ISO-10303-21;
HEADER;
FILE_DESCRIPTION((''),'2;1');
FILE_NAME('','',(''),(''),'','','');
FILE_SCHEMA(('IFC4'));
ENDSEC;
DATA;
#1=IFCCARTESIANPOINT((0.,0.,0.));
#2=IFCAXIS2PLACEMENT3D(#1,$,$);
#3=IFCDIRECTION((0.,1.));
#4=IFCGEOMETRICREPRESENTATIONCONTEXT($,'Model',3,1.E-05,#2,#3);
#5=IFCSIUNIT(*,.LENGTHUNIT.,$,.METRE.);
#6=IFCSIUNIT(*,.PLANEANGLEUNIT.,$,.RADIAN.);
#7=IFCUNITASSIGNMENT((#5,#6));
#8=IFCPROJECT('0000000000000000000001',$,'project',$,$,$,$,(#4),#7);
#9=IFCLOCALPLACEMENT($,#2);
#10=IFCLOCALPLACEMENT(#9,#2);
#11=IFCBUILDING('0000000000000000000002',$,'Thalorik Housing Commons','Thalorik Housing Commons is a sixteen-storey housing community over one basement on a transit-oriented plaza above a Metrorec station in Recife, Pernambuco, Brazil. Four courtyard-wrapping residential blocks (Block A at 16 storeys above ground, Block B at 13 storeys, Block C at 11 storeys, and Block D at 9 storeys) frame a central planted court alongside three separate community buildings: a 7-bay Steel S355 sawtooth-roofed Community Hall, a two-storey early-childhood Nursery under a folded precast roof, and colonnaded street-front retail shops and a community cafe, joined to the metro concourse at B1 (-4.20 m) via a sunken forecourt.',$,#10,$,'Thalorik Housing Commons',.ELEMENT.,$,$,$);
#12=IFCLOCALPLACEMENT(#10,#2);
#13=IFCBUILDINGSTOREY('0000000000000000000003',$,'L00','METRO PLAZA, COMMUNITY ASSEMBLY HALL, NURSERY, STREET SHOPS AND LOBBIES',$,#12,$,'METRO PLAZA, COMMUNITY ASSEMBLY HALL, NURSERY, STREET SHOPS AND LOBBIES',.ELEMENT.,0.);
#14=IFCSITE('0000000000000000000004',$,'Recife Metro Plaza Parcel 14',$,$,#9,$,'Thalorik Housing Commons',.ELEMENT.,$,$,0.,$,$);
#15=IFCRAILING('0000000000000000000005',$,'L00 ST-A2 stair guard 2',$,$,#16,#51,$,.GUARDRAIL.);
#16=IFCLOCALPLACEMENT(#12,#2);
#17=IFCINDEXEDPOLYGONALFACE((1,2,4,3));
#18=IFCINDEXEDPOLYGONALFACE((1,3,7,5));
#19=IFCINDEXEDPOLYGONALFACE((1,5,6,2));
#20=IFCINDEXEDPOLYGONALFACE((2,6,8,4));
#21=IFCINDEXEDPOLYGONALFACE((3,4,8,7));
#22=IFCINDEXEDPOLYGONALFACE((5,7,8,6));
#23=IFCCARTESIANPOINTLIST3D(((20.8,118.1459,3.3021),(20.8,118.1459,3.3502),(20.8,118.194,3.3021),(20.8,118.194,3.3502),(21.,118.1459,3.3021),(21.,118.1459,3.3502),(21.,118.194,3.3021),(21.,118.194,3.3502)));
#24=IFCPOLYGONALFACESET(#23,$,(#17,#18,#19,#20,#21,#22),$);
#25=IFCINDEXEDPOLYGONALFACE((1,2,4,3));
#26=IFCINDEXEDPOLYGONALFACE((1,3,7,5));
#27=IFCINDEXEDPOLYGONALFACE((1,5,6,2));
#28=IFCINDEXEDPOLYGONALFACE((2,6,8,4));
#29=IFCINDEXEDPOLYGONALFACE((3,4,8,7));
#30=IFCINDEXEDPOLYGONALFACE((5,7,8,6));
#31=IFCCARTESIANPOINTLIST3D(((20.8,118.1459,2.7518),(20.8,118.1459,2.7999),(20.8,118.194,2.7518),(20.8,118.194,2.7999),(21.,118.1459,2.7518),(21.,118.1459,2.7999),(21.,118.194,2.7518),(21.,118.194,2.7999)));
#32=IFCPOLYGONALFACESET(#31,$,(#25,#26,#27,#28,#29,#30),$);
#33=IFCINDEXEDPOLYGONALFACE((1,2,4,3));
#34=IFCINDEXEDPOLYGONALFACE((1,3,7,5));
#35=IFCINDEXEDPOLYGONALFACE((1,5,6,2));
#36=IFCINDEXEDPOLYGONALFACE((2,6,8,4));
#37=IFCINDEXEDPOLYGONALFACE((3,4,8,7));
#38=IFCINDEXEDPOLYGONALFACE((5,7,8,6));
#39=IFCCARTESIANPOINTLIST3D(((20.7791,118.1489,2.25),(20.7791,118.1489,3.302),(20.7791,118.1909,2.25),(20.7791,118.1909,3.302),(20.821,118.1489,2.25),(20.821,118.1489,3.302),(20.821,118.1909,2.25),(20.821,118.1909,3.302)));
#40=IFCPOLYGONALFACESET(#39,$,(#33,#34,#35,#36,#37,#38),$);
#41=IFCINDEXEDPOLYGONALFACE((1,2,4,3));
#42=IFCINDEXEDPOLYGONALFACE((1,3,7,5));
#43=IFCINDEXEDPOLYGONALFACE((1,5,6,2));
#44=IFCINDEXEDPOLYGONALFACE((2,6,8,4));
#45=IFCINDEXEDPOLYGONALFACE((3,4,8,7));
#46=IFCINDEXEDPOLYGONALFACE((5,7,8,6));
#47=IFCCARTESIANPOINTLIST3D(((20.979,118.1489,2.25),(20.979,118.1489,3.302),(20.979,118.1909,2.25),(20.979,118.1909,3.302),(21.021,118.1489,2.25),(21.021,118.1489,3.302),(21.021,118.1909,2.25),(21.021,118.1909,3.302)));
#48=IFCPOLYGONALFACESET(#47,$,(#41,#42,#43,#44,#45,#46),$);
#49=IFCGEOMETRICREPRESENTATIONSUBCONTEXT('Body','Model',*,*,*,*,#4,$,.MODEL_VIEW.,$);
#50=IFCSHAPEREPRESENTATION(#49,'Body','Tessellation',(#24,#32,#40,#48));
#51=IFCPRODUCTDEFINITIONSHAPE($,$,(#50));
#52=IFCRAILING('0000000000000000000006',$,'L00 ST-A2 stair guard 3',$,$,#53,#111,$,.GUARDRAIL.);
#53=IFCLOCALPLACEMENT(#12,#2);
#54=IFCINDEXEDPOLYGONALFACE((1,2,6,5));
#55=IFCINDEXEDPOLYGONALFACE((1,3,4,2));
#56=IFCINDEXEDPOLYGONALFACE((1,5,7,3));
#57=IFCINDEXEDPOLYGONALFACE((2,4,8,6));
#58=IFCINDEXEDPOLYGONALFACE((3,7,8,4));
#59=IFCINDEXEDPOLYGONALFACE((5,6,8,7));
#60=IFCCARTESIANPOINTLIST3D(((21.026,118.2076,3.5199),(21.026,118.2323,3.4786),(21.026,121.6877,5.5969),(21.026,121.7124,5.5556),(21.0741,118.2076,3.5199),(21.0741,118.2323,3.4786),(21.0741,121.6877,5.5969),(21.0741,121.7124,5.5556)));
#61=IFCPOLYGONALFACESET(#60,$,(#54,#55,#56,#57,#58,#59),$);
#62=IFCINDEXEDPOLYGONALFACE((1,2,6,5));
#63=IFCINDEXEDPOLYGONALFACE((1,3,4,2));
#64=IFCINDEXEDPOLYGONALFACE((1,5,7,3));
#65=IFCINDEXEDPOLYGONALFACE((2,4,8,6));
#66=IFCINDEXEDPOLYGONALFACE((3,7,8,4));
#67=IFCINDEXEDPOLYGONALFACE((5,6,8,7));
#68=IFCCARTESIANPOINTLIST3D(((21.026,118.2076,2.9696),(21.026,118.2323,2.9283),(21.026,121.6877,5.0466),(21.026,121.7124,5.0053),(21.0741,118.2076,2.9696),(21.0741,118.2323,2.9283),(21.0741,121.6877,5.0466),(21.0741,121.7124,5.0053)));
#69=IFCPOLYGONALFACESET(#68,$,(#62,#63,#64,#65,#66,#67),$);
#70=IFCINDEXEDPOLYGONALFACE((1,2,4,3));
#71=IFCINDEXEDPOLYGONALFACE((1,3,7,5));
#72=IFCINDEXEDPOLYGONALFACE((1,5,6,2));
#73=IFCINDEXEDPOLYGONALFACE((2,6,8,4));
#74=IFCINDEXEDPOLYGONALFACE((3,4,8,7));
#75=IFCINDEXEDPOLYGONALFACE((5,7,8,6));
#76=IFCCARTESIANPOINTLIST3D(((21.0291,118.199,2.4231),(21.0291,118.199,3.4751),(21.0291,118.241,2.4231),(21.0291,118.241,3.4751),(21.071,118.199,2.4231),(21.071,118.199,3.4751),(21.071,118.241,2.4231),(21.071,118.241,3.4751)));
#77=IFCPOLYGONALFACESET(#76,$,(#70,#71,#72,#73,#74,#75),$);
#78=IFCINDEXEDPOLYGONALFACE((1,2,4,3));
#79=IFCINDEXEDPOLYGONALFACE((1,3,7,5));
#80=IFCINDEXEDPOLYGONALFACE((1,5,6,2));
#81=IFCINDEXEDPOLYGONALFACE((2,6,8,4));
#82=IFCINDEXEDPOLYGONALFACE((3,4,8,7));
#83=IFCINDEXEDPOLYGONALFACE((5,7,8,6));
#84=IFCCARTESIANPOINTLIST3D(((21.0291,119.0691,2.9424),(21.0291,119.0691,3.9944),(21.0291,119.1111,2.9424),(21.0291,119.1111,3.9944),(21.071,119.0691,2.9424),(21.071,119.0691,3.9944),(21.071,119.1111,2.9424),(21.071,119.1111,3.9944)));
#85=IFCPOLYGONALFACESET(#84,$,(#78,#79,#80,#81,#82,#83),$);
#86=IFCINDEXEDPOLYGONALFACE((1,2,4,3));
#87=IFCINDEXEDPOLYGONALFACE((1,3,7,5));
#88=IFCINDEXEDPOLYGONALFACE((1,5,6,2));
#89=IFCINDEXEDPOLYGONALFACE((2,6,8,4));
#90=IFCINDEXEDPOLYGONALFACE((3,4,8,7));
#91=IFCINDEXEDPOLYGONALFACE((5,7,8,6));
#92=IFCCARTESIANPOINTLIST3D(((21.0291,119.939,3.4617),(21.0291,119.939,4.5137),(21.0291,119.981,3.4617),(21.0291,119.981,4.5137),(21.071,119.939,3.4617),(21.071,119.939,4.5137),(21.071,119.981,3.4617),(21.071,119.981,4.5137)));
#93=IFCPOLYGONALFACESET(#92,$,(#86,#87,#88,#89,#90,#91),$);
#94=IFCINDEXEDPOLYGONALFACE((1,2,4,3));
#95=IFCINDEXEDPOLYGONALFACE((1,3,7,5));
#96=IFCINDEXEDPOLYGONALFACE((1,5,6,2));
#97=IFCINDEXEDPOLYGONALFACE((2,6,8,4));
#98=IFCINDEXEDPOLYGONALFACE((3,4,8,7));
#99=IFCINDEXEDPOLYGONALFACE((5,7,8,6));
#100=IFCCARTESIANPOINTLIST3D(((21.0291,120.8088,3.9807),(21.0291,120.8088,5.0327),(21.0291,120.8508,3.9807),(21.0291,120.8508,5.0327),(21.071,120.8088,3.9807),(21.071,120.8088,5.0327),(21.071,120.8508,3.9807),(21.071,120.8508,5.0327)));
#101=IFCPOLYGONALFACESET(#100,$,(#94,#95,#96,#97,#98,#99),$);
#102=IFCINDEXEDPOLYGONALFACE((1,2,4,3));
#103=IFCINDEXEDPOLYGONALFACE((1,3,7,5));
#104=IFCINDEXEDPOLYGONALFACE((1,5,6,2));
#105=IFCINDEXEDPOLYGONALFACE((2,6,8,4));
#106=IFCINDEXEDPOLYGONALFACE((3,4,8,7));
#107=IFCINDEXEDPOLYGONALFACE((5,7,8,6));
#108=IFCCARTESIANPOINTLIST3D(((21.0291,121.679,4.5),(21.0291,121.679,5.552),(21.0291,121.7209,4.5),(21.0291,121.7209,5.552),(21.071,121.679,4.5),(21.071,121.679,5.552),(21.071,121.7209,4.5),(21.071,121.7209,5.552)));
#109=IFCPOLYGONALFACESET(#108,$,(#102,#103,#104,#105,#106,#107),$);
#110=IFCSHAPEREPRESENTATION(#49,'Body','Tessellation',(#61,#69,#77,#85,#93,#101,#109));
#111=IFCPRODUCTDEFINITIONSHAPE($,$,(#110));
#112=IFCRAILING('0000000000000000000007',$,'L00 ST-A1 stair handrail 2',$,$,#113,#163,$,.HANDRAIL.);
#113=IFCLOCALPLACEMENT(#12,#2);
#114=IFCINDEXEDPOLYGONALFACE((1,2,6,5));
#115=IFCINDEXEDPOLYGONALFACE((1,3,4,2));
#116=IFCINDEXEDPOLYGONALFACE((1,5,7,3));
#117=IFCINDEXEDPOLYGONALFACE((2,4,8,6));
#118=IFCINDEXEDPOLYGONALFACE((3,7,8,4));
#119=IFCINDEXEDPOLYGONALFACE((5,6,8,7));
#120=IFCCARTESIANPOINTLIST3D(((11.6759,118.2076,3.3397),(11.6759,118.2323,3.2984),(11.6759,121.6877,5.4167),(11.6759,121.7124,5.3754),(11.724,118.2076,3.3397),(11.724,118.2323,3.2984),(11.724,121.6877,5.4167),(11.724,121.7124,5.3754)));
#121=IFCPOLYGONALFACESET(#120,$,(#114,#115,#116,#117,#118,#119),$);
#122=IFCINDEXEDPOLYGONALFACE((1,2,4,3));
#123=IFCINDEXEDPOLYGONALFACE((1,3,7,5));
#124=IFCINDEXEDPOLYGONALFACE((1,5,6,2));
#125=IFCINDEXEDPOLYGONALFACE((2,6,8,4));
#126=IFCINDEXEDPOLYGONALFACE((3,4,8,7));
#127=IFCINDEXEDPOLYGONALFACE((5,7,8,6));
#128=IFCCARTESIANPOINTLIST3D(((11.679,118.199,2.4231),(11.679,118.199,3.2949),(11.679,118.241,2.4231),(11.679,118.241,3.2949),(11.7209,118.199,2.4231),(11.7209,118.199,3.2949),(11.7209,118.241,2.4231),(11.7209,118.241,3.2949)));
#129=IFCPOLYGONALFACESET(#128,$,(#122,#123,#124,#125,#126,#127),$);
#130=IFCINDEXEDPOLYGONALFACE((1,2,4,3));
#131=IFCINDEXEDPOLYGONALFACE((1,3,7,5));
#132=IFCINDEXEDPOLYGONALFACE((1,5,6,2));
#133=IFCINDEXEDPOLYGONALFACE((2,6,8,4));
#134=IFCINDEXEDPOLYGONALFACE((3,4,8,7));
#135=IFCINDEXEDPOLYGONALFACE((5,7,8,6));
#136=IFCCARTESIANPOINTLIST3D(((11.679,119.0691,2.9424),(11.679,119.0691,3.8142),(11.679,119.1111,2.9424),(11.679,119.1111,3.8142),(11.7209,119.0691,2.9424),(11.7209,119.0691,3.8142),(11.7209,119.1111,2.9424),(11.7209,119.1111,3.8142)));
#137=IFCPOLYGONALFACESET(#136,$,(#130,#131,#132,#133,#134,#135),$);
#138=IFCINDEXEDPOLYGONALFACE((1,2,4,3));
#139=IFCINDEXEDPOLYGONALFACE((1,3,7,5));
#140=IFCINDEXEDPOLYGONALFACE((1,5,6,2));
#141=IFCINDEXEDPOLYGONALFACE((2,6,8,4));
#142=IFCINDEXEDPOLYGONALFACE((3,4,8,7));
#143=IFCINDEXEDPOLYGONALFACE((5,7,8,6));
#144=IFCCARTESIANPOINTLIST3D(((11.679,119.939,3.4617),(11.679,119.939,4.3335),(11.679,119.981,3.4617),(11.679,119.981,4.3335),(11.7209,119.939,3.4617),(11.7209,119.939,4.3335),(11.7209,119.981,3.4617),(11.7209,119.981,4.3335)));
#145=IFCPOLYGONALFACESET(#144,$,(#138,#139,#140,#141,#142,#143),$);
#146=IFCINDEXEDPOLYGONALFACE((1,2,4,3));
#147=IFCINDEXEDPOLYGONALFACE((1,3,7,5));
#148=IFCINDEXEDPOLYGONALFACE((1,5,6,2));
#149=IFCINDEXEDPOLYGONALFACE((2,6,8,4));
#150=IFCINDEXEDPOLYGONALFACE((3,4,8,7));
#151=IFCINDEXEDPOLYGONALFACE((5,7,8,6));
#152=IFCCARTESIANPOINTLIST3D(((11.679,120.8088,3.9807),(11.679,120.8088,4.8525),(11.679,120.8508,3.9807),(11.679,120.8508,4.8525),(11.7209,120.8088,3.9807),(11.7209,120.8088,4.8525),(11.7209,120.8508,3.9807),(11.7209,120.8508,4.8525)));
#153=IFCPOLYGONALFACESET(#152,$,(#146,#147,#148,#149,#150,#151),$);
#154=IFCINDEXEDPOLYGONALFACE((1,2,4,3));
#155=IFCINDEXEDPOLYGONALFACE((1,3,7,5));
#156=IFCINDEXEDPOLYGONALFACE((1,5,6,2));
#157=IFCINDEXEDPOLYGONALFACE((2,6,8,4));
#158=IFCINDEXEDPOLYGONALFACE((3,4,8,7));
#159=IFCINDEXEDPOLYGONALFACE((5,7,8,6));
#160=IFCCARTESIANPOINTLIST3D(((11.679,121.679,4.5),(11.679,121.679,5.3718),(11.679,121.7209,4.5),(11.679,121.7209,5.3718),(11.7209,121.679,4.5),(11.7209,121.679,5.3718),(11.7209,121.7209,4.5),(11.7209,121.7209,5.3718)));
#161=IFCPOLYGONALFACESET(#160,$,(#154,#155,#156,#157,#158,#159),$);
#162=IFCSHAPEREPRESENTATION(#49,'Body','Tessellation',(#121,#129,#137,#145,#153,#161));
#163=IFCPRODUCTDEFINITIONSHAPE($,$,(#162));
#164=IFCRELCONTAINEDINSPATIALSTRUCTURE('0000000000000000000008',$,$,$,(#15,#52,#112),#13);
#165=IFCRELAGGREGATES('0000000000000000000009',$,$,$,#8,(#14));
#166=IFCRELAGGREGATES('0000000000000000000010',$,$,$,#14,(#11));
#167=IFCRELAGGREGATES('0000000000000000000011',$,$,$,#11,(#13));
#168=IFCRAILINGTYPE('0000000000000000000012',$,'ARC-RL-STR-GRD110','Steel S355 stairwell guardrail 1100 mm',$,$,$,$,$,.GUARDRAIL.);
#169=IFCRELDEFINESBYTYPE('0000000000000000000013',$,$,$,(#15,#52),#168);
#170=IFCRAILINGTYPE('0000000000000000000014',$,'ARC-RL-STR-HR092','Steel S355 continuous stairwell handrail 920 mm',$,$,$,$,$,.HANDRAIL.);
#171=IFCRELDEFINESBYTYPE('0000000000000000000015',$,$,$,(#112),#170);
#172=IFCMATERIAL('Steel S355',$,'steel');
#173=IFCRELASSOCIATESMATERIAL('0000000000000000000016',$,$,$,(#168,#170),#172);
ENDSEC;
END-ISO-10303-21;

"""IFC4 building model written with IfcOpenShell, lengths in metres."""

from ifc_helpers import new_model, si_unit, direction, frame, origin, origin_2d, place, context, subcontext, project, spatial, rectangle, extrude, material, type_object, element, save


model = new_model("IFC4")

# Units and contexts
model_context = context("Model", 3, precision=1e-05, world=origin(), true_north=direction((0.0, 1.0)))
body_context = subcontext(model_context, "Body", "Model", "MODEL_VIEW")
ifc_project = project(units=[si_unit("LENGTHUNIT", "METRE"), si_unit("PLANEANGLEUNIT", "RADIAN")], contexts=[model_context])

# Site, building, storey
site_placement = place(None, origin())
site = spatial("IfcSite", under=ifc_project, at=site_placement, Name="Recife Metro Plaza Parcel 14", LongName="Thalorik Housing Commons", CompositionType="ELEMENT", RefElevation=0.0)
building_placement = place(site_placement, origin())
building = spatial("IfcBuilding", under=site, at=building_placement, Name="Thalorik Housing Commons", Description="Thalorik Housing Commons is a sixteen-storey housing community over one basement on a transit-oriented plaza above a Metrorec station in Recife, Pernambuco, Brazil. Four courtyard-wrapping residential blocks (Block A at 16 storeys above ground, Block B at 13 storeys, Block C at 11 storeys, and Block D at 9 storeys) frame a central planted court alongside three separate community buildings: a 7-bay Steel S355 sawtooth-roofed Community Hall, a two-storey early-childhood Nursery under a folded precast roof, and colonnaded street-front retail shops and a community cafe, joined to the metro concourse at B1 (-4.20 m) via a sunken forecourt.", LongName="Thalorik Housing Commons", CompositionType="ELEMENT")
storey_placement = place(building_placement, origin())
storey = spatial("IfcBuildingStorey", under=building, at=storey_placement, Name="L00", Description="METRO PLAZA, COMMUNITY ASSEMBLY HALL, NURSERY, STREET SHOPS AND LOBBIES", LongName="METRO PLAZA, COMMUNITY ASSEMBLY HALL, NURSERY, STREET SHOPS AND LOBBIES", CompositionType="ELEMENT", Elevation=0.0)

# Railings
ifc_material_1 = material(Name="Steel S355", Category="steel")
railing_type_1 = type_object("IfcRailingType", Name="ARC-RL-STR-GRD110", Description="Steel S355 stairwell guardrail 1100 mm", PredefinedType="GUARDRAIL", material=ifc_material_1)
railing_1_placement = place(storey_placement, frame((20.8, 118.1699, 2.25)))
element("IfcRailing", 1, at=railing_1_placement, inside=storey, type_object=railing_type_1, Name="L00 ST-A2 stair guard 2", PredefinedType="GUARDRAIL", context=body_context, shape_type="SweptSolid", body=[
    extrude(rectangle(XDim=0.0481, YDim=0.0481, at=origin_2d()), frame((0.0, 0.0, 1.0762), z_axis=(1.0, 0.0, 0.0), x_axis=(0.0, 1.0, 0.0)), (0.0, 0.0, 1.0), 0.2),
    extrude(rectangle(XDim=0.0481, YDim=0.0481, at=origin_2d()), frame((0.0, 0.0, 0.5259), z_axis=(1.0, 0.0, 0.0), x_axis=(0.0, 1.0, 0.0)), (0.0, 0.0, 1.0), 0.2),
    extrude(rectangle(XDim=0.042, YDim=0.042, at=origin_2d()), origin(), (0.0, 0.0, 1.0), 1.052),
    extrude(rectangle(XDim=0.042, YDim=0.042, at=origin_2d()), frame((0.2, 0.0, 0.0)), (0.0, 0.0, 1.0), 1.052),
])
railing_2_placement = place(storey_placement, frame((21.05, 118.22, 2.4231)))
element("IfcRailing", 2, at=railing_2_placement, inside=storey, type_object=railing_type_1, Name="L00 ST-A2 stair guard 3", PredefinedType="GUARDRAIL", context=body_context, shape_type="SweptSolid", body=[
    extrude(rectangle(XDim=0.0481, YDim=0.0481, at=origin_2d()), frame((0.0, 0.0, 1.0762), z_axis=(0.0, 0.858697, 0.512483), x_axis=(-1.0, 0.0, 0.0)), (0.0, 0.0, 1.0), 4.0527),
    extrude(rectangle(XDim=0.0481, YDim=0.0481, at=origin_2d()), frame((0.0, 0.0, 0.5259), z_axis=(0.0, 0.858697, 0.512483), x_axis=(-1.0, 0.0, 0.0)), (0.0, 0.0, 1.0), 4.0527),
    extrude(rectangle(XDim=0.042, YDim=0.042, at=origin_2d()), origin(), (0.0, 0.0, 1.0), 1.052),
    extrude(rectangle(XDim=0.042, YDim=0.042, at=origin_2d()), frame((0.0, 0.8701, 0.5193)), (0.0, 0.0, 1.0), 1.052),
    extrude(rectangle(XDim=0.042, YDim=0.042, at=origin_2d()), frame((0.0, 1.74, 1.0386)), (0.0, 0.0, 1.0), 1.052),
    extrude(rectangle(XDim=0.042, YDim=0.042, at=origin_2d()), frame((0.0, 2.6099, 1.5576)), (0.0, 0.0, 1.0), 1.052),
    extrude(rectangle(XDim=0.042, YDim=0.042, at=origin_2d()), frame((0.0, 3.48, 2.0769)), (0.0, 0.0, 1.0), 1.052),
])
railing_type_2 = type_object("IfcRailingType", Name="ARC-RL-STR-HR092", Description="Steel S355 continuous stairwell handrail 920 mm", PredefinedType="HANDRAIL", material=ifc_material_1)
railing_3_placement = place(storey_placement, frame((11.7, 118.22, 2.4231)))
element("IfcRailing", 3, at=railing_3_placement, inside=storey, type_object=railing_type_2, Name="L00 ST-A1 stair handrail 2", PredefinedType="HANDRAIL", context=body_context, shape_type="SweptSolid", body=[
    extrude(rectangle(XDim=0.0481, YDim=0.0481, at=origin_2d()), frame((0.0, 0.0, 0.896), z_axis=(0.0, 0.858697, 0.512483), x_axis=(-1.0, 0.0, 0.0)), (0.0, 0.0, 1.0), 4.0527),
    extrude(rectangle(XDim=0.042, YDim=0.042, at=origin_2d()), origin(), (0.0, 0.0, 1.0), 0.8718),
    extrude(rectangle(XDim=0.042, YDim=0.042, at=origin_2d()), frame((0.0, 0.8701, 0.5193)), (0.0, 0.0, 1.0), 0.8718),
    extrude(rectangle(XDim=0.042, YDim=0.042, at=origin_2d()), frame((0.0, 1.74, 1.0386)), (0.0, 0.0, 1.0), 0.8718),
    extrude(rectangle(XDim=0.042, YDim=0.042, at=origin_2d()), frame((0.0, 2.6099, 1.5576)), (0.0, 0.0, 1.0), 0.8718),
    extrude(rectangle(XDim=0.042, YDim=0.042, at=origin_2d()), frame((0.0, 3.48, 2.0769)), (0.0, 0.0, 1.0), 0.8718),
])

save(model, "model.ifc")
